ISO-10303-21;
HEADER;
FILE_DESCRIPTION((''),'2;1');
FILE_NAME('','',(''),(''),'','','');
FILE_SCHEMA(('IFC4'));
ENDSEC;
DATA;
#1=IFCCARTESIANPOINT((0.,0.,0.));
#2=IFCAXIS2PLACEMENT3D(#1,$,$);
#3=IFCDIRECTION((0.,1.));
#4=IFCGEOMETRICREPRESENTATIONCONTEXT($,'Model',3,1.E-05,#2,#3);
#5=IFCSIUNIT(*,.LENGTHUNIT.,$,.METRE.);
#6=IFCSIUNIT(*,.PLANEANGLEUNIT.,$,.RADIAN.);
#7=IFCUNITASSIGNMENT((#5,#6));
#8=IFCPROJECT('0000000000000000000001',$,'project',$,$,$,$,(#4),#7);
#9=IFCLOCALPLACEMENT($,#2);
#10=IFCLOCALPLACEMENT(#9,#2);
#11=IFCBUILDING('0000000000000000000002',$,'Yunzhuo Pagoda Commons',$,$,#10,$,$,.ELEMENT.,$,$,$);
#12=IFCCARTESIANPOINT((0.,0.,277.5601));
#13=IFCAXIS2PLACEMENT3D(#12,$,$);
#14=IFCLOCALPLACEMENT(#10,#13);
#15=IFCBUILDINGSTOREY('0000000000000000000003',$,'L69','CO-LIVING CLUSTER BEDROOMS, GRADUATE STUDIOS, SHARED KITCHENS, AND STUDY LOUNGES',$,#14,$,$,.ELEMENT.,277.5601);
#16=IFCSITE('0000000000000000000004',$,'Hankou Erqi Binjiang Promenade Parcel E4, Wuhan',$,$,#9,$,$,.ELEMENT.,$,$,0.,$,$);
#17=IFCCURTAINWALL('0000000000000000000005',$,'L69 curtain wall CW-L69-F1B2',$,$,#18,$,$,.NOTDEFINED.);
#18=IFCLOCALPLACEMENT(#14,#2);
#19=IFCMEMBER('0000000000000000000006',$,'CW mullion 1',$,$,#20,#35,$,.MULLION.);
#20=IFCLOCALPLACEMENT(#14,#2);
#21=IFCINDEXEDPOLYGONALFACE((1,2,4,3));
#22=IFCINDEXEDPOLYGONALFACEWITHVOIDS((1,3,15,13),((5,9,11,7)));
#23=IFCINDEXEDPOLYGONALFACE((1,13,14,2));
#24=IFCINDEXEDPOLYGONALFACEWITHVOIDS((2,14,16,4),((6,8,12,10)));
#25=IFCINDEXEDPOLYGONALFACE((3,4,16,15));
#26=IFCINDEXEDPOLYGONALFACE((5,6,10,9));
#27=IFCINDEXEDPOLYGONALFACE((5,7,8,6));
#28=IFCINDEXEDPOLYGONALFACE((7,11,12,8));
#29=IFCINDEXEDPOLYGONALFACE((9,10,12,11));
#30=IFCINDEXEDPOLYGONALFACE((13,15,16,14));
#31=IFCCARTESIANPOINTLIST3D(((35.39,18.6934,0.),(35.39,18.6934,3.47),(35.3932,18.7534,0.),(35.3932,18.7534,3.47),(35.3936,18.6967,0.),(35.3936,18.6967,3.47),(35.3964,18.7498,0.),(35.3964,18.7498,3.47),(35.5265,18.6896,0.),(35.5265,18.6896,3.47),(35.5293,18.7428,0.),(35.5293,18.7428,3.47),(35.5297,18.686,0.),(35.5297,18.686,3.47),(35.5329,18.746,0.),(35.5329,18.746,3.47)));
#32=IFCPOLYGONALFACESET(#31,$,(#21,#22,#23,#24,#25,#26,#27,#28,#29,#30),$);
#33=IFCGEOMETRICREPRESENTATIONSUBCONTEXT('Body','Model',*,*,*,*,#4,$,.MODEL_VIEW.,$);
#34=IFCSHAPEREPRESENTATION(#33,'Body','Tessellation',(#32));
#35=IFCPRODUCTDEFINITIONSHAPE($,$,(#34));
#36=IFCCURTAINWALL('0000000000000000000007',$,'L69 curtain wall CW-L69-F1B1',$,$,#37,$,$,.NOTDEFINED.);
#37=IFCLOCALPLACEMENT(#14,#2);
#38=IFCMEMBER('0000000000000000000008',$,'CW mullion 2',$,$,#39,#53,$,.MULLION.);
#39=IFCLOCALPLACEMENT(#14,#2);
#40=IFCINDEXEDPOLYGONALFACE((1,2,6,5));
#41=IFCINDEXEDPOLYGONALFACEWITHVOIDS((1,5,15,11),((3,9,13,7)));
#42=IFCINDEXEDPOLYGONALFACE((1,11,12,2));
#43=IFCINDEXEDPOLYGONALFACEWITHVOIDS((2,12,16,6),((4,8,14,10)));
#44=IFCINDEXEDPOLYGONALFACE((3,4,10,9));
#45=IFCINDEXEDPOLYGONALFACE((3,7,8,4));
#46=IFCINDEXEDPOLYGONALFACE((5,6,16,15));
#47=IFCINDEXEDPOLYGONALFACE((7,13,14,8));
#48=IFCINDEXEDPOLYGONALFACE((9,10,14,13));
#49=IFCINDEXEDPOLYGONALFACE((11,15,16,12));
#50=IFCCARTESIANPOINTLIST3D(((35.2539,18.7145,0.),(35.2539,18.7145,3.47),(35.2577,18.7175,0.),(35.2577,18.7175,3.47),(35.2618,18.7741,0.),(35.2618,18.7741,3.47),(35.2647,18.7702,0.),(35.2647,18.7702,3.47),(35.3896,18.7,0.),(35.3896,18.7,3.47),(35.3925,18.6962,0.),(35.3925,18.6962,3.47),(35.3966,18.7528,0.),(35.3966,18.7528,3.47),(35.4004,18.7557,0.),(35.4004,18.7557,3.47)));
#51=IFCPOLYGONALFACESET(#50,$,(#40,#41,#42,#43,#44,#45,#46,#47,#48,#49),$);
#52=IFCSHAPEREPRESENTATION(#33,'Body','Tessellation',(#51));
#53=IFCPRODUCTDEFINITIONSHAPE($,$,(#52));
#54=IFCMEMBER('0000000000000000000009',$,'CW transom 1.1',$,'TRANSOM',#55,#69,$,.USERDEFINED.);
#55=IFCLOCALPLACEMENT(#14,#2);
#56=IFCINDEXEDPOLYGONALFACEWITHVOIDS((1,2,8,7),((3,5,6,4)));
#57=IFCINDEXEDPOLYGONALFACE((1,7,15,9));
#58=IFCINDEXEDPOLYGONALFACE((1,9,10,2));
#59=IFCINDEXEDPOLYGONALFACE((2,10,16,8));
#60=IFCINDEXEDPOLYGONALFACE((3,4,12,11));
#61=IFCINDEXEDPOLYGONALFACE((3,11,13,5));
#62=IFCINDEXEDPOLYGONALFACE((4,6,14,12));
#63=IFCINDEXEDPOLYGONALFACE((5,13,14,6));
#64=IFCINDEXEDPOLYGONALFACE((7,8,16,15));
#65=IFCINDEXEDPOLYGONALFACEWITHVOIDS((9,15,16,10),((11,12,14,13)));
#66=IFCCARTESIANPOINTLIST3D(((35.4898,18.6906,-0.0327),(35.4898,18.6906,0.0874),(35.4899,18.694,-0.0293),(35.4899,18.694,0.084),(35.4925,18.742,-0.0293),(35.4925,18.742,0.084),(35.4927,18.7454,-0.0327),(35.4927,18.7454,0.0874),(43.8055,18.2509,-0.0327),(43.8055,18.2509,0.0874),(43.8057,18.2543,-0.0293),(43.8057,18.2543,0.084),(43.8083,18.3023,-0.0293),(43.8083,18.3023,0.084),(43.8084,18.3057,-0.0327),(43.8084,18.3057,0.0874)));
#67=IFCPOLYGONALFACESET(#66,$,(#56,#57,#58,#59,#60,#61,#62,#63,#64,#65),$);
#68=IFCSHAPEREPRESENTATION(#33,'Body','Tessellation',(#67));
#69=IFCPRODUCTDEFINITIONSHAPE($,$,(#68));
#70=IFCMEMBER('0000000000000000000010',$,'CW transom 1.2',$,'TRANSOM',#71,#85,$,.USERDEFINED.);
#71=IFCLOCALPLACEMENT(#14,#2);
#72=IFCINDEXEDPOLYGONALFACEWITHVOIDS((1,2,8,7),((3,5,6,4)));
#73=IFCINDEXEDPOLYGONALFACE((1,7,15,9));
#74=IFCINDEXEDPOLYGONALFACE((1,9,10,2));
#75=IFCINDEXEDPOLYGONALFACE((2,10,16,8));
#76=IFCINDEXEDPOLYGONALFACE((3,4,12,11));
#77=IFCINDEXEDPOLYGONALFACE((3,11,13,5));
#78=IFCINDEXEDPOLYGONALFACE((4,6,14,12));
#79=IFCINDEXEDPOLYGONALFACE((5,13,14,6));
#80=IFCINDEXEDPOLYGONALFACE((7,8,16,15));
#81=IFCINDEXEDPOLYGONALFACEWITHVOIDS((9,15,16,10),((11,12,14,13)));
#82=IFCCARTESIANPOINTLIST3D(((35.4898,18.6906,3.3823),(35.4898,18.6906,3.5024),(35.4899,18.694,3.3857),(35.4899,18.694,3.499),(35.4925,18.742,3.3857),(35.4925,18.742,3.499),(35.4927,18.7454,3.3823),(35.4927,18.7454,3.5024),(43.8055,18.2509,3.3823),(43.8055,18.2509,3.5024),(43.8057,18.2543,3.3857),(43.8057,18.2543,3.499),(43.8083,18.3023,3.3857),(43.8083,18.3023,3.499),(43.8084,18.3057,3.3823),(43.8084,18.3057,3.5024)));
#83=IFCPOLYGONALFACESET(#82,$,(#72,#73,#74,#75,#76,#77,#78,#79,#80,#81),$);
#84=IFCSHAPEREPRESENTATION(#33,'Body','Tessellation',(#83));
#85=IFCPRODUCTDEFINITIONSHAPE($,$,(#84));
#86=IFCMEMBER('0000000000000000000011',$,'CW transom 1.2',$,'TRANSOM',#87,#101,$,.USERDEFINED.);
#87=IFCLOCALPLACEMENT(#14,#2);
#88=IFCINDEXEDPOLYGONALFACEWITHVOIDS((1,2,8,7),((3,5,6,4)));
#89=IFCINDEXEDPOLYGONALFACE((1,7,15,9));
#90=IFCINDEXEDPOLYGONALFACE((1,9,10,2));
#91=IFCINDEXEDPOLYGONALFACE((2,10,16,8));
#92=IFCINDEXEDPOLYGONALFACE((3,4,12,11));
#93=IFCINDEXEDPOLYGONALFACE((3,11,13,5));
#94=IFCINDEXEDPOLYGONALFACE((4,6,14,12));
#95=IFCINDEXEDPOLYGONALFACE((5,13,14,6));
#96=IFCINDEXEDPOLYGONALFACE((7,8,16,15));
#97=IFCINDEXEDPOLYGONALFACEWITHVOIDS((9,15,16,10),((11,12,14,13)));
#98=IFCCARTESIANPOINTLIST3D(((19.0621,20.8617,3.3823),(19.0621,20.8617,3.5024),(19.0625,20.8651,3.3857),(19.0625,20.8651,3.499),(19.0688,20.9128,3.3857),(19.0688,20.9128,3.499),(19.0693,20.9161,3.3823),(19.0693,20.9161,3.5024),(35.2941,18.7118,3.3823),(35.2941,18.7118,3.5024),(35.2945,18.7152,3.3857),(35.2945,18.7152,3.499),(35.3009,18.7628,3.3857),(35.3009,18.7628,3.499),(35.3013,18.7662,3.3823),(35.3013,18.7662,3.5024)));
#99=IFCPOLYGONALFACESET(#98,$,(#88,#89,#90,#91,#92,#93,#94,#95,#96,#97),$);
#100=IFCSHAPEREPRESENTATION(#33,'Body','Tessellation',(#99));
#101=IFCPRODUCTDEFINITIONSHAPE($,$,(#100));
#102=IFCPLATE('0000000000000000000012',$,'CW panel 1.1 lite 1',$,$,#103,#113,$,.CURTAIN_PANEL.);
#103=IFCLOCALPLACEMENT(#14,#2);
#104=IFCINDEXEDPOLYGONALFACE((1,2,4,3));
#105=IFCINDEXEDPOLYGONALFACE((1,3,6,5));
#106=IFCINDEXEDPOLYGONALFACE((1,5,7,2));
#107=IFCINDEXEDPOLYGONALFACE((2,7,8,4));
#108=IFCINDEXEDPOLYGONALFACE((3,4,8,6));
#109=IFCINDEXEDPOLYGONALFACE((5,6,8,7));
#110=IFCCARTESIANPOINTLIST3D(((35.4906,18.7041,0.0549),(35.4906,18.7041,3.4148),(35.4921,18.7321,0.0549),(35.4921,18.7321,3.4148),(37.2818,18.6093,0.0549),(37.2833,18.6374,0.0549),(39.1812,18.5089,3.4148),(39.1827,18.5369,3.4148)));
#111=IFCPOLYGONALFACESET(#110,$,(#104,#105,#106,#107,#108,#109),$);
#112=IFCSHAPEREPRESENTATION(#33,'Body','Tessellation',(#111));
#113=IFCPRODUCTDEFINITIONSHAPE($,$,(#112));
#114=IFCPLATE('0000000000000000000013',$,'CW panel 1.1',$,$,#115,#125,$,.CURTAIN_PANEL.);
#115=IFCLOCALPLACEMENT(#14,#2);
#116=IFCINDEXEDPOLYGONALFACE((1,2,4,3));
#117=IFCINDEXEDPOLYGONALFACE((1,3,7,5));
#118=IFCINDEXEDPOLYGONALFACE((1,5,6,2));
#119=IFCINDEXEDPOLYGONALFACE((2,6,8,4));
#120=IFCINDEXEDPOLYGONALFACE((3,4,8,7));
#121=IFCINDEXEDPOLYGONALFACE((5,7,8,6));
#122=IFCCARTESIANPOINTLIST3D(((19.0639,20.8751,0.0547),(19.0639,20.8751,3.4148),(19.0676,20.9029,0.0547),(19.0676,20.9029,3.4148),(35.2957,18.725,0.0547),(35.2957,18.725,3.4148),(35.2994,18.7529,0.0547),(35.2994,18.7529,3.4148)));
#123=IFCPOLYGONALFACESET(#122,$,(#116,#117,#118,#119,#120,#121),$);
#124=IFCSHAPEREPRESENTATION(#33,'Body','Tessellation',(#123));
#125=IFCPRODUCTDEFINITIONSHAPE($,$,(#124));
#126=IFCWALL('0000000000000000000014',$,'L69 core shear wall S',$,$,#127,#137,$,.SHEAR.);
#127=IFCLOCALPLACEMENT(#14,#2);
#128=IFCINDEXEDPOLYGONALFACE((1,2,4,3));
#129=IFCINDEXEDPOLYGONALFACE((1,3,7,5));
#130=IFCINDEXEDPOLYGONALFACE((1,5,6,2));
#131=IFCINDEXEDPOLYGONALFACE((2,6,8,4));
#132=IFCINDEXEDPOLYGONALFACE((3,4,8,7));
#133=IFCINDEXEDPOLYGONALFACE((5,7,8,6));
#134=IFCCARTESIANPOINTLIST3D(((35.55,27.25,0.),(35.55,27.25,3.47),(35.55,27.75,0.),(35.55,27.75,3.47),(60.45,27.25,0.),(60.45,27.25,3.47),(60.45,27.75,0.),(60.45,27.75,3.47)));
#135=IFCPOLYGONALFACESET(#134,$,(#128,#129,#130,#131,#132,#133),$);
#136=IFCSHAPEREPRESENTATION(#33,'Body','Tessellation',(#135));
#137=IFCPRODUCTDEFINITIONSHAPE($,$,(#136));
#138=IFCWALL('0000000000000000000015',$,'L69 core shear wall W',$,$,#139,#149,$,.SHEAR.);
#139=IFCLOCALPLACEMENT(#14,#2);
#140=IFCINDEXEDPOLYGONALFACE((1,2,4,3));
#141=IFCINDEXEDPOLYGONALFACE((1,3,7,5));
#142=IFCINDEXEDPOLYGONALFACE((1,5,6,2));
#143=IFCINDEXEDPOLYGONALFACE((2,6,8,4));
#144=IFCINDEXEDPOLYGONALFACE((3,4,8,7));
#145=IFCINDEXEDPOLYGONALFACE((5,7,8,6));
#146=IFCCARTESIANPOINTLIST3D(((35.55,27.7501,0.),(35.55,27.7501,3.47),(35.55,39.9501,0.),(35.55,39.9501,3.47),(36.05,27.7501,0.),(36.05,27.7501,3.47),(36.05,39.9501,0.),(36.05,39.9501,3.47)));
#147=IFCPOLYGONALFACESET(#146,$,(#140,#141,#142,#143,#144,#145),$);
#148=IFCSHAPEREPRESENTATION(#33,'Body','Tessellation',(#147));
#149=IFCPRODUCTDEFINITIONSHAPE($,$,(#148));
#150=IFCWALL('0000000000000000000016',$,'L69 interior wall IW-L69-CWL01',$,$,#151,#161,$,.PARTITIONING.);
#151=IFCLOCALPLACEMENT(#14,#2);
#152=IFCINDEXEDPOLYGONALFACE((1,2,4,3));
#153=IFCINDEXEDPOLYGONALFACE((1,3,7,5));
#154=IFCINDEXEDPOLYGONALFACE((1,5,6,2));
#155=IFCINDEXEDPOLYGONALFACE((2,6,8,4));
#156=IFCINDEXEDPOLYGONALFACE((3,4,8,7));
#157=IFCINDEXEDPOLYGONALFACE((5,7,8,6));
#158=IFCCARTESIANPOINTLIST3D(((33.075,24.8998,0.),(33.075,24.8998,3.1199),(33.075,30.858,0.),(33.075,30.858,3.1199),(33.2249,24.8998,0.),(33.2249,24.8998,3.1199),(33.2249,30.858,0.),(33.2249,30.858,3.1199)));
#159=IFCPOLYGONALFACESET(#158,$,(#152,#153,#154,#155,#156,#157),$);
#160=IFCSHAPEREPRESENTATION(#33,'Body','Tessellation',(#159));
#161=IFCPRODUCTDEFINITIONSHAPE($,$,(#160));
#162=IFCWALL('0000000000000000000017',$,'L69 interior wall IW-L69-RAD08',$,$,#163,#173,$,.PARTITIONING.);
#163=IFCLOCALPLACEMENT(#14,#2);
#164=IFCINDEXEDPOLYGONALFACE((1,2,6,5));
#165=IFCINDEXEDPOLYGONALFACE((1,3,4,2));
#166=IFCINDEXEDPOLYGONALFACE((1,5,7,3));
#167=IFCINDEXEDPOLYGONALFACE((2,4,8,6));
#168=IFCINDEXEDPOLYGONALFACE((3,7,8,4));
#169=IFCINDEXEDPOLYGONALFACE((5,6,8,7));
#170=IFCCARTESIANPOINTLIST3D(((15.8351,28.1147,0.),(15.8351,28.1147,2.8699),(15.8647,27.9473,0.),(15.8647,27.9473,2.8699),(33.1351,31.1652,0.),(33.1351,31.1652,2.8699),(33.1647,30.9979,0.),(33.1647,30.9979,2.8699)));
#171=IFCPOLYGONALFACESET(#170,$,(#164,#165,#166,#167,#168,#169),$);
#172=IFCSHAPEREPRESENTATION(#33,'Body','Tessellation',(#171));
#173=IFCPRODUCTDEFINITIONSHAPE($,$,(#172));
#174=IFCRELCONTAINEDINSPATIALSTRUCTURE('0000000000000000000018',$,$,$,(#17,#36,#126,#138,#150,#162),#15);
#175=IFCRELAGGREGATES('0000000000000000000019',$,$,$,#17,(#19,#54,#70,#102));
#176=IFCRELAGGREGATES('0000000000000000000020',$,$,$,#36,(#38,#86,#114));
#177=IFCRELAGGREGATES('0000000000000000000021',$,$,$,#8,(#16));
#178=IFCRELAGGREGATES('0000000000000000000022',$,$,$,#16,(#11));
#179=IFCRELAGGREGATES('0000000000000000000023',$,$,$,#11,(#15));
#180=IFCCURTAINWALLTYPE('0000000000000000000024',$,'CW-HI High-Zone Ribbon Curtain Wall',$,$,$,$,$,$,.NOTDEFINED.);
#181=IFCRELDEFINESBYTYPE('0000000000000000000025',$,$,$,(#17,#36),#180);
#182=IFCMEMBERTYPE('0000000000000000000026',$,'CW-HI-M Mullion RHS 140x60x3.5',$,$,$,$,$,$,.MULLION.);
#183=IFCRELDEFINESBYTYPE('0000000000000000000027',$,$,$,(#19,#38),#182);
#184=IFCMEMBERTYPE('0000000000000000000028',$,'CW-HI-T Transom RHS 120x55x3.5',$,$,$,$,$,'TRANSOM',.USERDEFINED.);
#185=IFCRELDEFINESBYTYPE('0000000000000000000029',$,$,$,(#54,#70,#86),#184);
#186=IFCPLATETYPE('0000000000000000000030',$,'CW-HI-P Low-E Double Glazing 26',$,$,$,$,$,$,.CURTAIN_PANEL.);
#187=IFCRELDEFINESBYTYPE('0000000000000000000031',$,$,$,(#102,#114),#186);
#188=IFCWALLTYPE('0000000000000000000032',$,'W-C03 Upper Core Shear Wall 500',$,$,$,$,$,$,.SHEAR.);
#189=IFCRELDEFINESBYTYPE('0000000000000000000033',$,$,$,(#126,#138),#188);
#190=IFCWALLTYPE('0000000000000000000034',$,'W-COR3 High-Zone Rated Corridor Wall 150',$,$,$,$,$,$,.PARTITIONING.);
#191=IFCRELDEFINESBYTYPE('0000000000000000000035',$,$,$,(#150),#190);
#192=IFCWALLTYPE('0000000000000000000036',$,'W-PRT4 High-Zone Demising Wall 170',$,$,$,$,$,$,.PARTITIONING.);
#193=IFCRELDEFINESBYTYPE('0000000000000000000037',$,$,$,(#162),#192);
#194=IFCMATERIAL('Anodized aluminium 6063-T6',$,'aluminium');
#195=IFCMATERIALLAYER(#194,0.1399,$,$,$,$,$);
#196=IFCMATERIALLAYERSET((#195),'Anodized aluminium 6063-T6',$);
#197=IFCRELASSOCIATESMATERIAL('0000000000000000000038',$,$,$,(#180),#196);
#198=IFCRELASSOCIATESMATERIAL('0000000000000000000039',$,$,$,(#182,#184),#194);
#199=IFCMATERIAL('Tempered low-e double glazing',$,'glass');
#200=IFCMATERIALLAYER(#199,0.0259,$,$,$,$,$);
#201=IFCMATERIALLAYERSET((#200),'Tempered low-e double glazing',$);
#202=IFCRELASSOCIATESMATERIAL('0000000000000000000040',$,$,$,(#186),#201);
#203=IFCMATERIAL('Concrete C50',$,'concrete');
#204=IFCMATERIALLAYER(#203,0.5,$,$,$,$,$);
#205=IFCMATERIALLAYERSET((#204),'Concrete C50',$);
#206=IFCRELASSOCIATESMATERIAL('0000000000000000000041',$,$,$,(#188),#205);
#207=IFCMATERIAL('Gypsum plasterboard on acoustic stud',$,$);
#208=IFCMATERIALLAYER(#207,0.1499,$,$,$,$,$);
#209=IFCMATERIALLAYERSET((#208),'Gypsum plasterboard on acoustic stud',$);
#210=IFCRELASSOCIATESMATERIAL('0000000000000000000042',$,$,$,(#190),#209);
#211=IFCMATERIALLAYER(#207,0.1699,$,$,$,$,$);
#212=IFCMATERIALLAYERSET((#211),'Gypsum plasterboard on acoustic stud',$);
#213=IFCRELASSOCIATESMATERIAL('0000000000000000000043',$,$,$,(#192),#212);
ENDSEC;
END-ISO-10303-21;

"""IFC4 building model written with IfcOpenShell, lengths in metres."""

from ifc_helpers import new_model, si_unit, direction, frame, frame_2d, origin, origin_2d, place, context, subcontext, project, spatial, polyline, rectangle, hollow_rectangle, outline, extrude, source, transform, mapped, material, layer, layer_set, material_profile, profile_set, type_object, element, aggregate, save


model = new_model("IFC4")

# Units and contexts
model_context = context("Model", 3, precision=1e-05, world=origin(), true_north=direction((0.0, 1.0)))
body_context = subcontext(model_context, "Body", "Model", "MODEL_VIEW")
ifc_project = project(units=[si_unit("LENGTHUNIT", "METRE"), si_unit("PLANEANGLEUNIT", "RADIAN")], contexts=[model_context])

# Site, building, storey
site_placement = place(None, origin())
site = spatial("IfcSite", under=ifc_project, at=site_placement, Name="Hankou Erqi Binjiang Promenade Parcel E4, Wuhan", CompositionType="ELEMENT", RefElevation=0.0)
building_placement = place(site_placement, origin())
building = spatial("IfcBuilding", under=site, at=building_placement, Name="Yunzhuo Pagoda Commons", CompositionType="ELEMENT")
storey_placement = place(building_placement, frame((0.0, 0.0, 277.5601)))
storey = spatial("IfcBuildingStorey", under=building, at=storey_placement, Name="L69", Description="CO-LIVING CLUSTER BEDROOMS, GRADUATE STUDIOS, SHARED KITCHENS, AND STUDY LOUNGES", CompositionType="ELEMENT", Elevation=277.5601)

# Curtain walls, members
ifc_material_1 = material(Name="Anodized aluminium 6063-T6", Category="aluminium")
ifc_layer_1 = layer(ifc_material_1, 0.1399)
ifc_layer_set_1 = layer_set([ifc_layer_1], Name="Anodized aluminium 6063-T6")
curtain_wall_type = type_object("IfcCurtainWallType", Name="CW-HI High-Zone Ribbon Curtain Wall", PredefinedType="NOTDEFINED", material=ifc_layer_set_1)
curtain_wall_1_placement = place(storey_placement, origin())
curtain_wall_1 = element("IfcCurtainWall", 1, at=curtain_wall_1_placement, inside=storey, type_object=curtain_wall_type, Name="L69 curtain wall CW-L69-F1B2", PredefinedType="NOTDEFINED")
ifc_material_profile_1 = material_profile(ifc_material_1, hollow_rectangle(XDim=0.0601, YDim=0.1399, WallThickness=0.0034, at=origin_2d()), Name="Anodized aluminium 6063-T6")
ifc_profile_set_1 = profile_set([ifc_material_profile_1], Name="Anodized aluminium 6063-T6")
member_type_1 = type_object("IfcMemberType", Name="CW-HI-M Mullion RHS 140x60x3.5", PredefinedType="MULLION", material=ifc_profile_set_1)
shared_shape_1 = source(origin(), body_context, "Body", "SweptSolid", [
    extrude(hollow_rectangle(XDim=0.0601, YDim=0.1399, WallThickness=0.0034, at=origin_2d()), origin(), (0.0, 0.0, 1.0), 3.47),
])
member_1_placement = place(storey_placement, frame((35.4614, 18.7197, 0.0), z_axis=(0.0, 0.0, 1.0), x_axis=(0.052822, 0.998604, 0.0)))
member_1 = element("IfcMember", 2, at=member_1_placement, type_object=member_type_1, Name="CW mullion 1", PredefinedType="MULLION", context=body_context, shape_type="MappedRepresentation", body=[
    mapped(shared_shape_1, transform((0.0, 0.0, 0.0), scale=1.0)),
])
curtain_wall_2_placement = place(storey_placement, origin())
curtain_wall_2 = element("IfcCurtainWall", 3, at=curtain_wall_2_placement, inside=storey, type_object=curtain_wall_type, Name="L69 curtain wall CW-L69-F1B1", PredefinedType="NOTDEFINED")
member_2_placement = place(storey_placement, frame((35.3271, 18.7351, 0.0), z_axis=(0.0, 0.0, 1.0), x_axis=(0.131311, 0.991341, 0.0)))
member_2 = element("IfcMember", 4, at=member_2_placement, type_object=member_type_1, Name="CW mullion 2", PredefinedType="MULLION", context=body_context, shape_type="MappedRepresentation", body=[
    mapped(shared_shape_1, transform((0.0, 0.0, 0.0), scale=1.0)),
])

# Members
ifc_material_profile_2 = material_profile(ifc_material_1, hollow_rectangle(XDim=0.0549, YDim=0.1201, WallThickness=0.0034, at=origin_2d()), Name="Anodized aluminium 6063-T6")
ifc_profile_set_2 = profile_set([ifc_material_profile_2], Name="Anodized aluminium 6063-T6")
member_type_2 = type_object("IfcMemberType", Name="CW-HI-T Transom RHS 120x55x3.5", ElementType="TRANSOM", PredefinedType="USERDEFINED", material=ifc_profile_set_2)
shared_shape_2 = source(origin(), body_context, "Body", "SweptSolid", [
    extrude(hollow_rectangle(XDim=0.0549, YDim=0.1201, WallThickness=0.0034, at=origin_2d()), origin(), (0.0, 0.0, 1.0), 8.3274),
])
member_3_placement = place(storey_placement, frame((35.4912, 18.718, 0.0273), z_axis=(0.998605, -0.052802, 0.0), x_axis=(0.052802, 0.998605, 0.0)))
member_3 = element("IfcMember", 5, at=member_3_placement, type_object=member_type_2, Name="CW transom 1.1", ObjectType="TRANSOM", PredefinedType="USERDEFINED", context=body_context, shape_type="MappedRepresentation", body=[
    mapped(shared_shape_2, transform((0.0, 0.0, 0.0), scale=1.0)),
])
member_4_placement = place(storey_placement, frame((35.4912, 18.718, 3.4424), z_axis=(0.998605, -0.052802, 0.0), x_axis=(0.052802, 0.998605, 0.0)))
member_4 = element("IfcMember", 6, at=member_4_placement, type_object=member_type_2, Name="CW transom 1.2", ObjectType="TRANSOM", PredefinedType="USERDEFINED", context=body_context, shape_type="MappedRepresentation", body=[
    mapped(shared_shape_2, transform((0.0, 0.0, 0.0), scale=1.0)),
])
shared_shape_3 = source(origin(), body_context, "Body", "SweptSolid", [
    extrude(hollow_rectangle(XDim=0.0549, YDim=0.1201, WallThickness=0.0034, at=origin_2d()), origin(), (0.0, 0.0, 1.0), 16.3738),
])
member_5_placement = place(storey_placement, frame((19.0657, 20.8889, 3.4424), z_axis=(0.991342, -0.131302, 0.0), x_axis=(0.131302, 0.991342, 0.0)))
member_5 = element("IfcMember", 7, at=member_5_placement, type_object=member_type_2, Name="CW transom 1.2", ObjectType="TRANSOM", PredefinedType="USERDEFINED", context=body_context, shape_type="MappedRepresentation", body=[
    mapped(shared_shape_3, transform((0.0, 0.0, 0.0), scale=1.0)),
])

# Plates
ifc_material_2 = material(Name="Tempered low-e double glazing", Category="glass")
ifc_layer_2 = layer(ifc_material_2, 0.0259)
ifc_layer_set_2 = layer_set([ifc_layer_2], Name="Tempered low-e double glazing")
plate_type = type_object("IfcPlateType", Name="CW-HI-P Low-E Double Glazing 26", PredefinedType="CURTAIN_PANEL", material=ifc_layer_set_2)
plate_1_placement = place(storey_placement, frame((37.3374, 18.6345, 1.7349), z_axis=(-0.052822, -0.998604, 0.0), x_axis=(0.998604, -0.052822, 0.0)))
plate_1 = element("IfcPlate", 8, at=plate_1_placement, type_object=plate_type, Name="CW panel 1.1 lite 1", PredefinedType="CURTAIN_PANEL", context=body_context, shape_type="SweptSolid", body=[
    extrude(outline(polyline([(-1.8479, -1.6799), (-0.0542, -1.6799), (1.8479, 1.6799), (-1.8479, 1.6799), (-1.8479, -1.6799)])), origin(), (0.0, 0.0, 1.0), 0.0281),
])
aggregate(curtain_wall_1, [member_1, member_3, member_4, plate_1])
shared_shape_4 = source(origin(), body_context, "Body", "SweptSolid", [
    extrude(rectangle(XDim=16.3735, YDim=0.0281, at=origin_2d()), origin(), (0.0, 0.0, 1.0), 3.3601),
])
plate_2_placement = place(storey_placement, frame((27.1816, 19.814, 0.0547), z_axis=(0.0, 0.0, 1.0), x_axis=(0.991341, -0.131311, 0.0)))
plate_2 = element("IfcPlate", 9, at=plate_2_placement, type_object=plate_type, Name="CW panel 1.1", PredefinedType="CURTAIN_PANEL", context=body_context, shape_type="MappedRepresentation", body=[
    mapped(shared_shape_4, transform((0.0, 0.0, 0.0), scale=1.0)),
])
aggregate(curtain_wall_2, [member_2, member_5, plate_2])

# Walls
ifc_material_3 = material(Name="Concrete C50", Category="concrete")
ifc_layer_3 = layer(ifc_material_3, 0.5)
ifc_layer_set_3 = layer_set([ifc_layer_3], Name="Concrete C50")
wall_type_1 = type_object("IfcWallType", Name="W-C03 Upper Core Shear Wall 500", PredefinedType="SHEAR", material=ifc_layer_set_3)
wall_1_placement = place(storey_placement, frame((35.55, 27.5, 0.0), z_axis=(0.0, 0.0, 1.0), x_axis=(1.0, 0.0, 0.0)))
element("IfcWall", 10, at=wall_1_placement, inside=storey, type_object=wall_type_1, Name="L69 core shear wall S", PredefinedType="SHEAR", context=body_context, shape_type="SweptSolid", body=[
    extrude(rectangle(XDim=24.8999, YDim=0.5, at=frame_2d((12.45, 0.0))), origin(), (0.0, 0.0, 1.0), 3.47),
])
wall_2_placement = place(storey_placement, frame((35.8, 27.75, 0.0), z_axis=(0.0, 0.0, 1.0), x_axis=(0.0, 1.0, 0.0)))
element("IfcWall", 11, at=wall_2_placement, inside=storey, type_object=wall_type_1, Name="L69 core shear wall W", PredefinedType="SHEAR", context=body_context, shape_type="SweptSolid", body=[
    extrude(rectangle(XDim=12.2, YDim=0.5, at=frame_2d((6.1001, 0.0))), origin(), (0.0, 0.0, 1.0), 3.47),
])
ifc_material_4 = material(Name="Gypsum plasterboard on acoustic stud")
ifc_layer_4 = layer(ifc_material_4, 0.1499)
ifc_layer_set_4 = layer_set([ifc_layer_4], Name="Gypsum plasterboard on acoustic stud")
wall_type_2 = type_object("IfcWallType", Name="W-COR3 High-Zone Rated Corridor Wall 150", PredefinedType="PARTITIONING", material=ifc_layer_set_4)
wall_3_placement = place(storey_placement, frame((33.1499, 24.8999, 0.0), z_axis=(0.0, 0.0, 1.0), x_axis=(0.0, 1.0, 0.0)))
element("IfcWall", 12, at=wall_3_placement, inside=storey, type_object=wall_type_2, Name="L69 interior wall IW-L69-CWL01", PredefinedType="PARTITIONING", context=body_context, shape_type="SweptSolid", body=[
    extrude(rectangle(XDim=5.9583, YDim=0.1499, at=frame_2d((2.979, 0.0))), origin(), (0.0, 0.0, 1.0), 3.1199),
])
ifc_layer_5 = layer(ifc_material_4, 0.1699)
ifc_layer_set_5 = layer_set([ifc_layer_5], Name="Gypsum plasterboard on acoustic stud")
wall_type_3 = type_object("IfcWallType", Name="W-PRT4 High-Zone Demising Wall 170", PredefinedType="PARTITIONING", material=ifc_layer_set_5)
wall_4_placement = place(storey_placement, frame((33.1499, 31.0815, 0.0), z_axis=(0.0, 0.0, 1.0), x_axis=(-0.984807, -0.173652, 0.0)))
element("IfcWall", 13, at=wall_4_placement, inside=storey, type_object=wall_type_3, Name="L69 interior wall IW-L69-RAD08", PredefinedType="PARTITIONING", context=body_context, shape_type="SweptSolid", body=[
    extrude(rectangle(XDim=17.5669, YDim=0.1699, at=frame_2d((8.7834, 0.0))), origin(), (0.0, 0.0, 1.0), 2.8699),
])

save(model, "model.ifc")
